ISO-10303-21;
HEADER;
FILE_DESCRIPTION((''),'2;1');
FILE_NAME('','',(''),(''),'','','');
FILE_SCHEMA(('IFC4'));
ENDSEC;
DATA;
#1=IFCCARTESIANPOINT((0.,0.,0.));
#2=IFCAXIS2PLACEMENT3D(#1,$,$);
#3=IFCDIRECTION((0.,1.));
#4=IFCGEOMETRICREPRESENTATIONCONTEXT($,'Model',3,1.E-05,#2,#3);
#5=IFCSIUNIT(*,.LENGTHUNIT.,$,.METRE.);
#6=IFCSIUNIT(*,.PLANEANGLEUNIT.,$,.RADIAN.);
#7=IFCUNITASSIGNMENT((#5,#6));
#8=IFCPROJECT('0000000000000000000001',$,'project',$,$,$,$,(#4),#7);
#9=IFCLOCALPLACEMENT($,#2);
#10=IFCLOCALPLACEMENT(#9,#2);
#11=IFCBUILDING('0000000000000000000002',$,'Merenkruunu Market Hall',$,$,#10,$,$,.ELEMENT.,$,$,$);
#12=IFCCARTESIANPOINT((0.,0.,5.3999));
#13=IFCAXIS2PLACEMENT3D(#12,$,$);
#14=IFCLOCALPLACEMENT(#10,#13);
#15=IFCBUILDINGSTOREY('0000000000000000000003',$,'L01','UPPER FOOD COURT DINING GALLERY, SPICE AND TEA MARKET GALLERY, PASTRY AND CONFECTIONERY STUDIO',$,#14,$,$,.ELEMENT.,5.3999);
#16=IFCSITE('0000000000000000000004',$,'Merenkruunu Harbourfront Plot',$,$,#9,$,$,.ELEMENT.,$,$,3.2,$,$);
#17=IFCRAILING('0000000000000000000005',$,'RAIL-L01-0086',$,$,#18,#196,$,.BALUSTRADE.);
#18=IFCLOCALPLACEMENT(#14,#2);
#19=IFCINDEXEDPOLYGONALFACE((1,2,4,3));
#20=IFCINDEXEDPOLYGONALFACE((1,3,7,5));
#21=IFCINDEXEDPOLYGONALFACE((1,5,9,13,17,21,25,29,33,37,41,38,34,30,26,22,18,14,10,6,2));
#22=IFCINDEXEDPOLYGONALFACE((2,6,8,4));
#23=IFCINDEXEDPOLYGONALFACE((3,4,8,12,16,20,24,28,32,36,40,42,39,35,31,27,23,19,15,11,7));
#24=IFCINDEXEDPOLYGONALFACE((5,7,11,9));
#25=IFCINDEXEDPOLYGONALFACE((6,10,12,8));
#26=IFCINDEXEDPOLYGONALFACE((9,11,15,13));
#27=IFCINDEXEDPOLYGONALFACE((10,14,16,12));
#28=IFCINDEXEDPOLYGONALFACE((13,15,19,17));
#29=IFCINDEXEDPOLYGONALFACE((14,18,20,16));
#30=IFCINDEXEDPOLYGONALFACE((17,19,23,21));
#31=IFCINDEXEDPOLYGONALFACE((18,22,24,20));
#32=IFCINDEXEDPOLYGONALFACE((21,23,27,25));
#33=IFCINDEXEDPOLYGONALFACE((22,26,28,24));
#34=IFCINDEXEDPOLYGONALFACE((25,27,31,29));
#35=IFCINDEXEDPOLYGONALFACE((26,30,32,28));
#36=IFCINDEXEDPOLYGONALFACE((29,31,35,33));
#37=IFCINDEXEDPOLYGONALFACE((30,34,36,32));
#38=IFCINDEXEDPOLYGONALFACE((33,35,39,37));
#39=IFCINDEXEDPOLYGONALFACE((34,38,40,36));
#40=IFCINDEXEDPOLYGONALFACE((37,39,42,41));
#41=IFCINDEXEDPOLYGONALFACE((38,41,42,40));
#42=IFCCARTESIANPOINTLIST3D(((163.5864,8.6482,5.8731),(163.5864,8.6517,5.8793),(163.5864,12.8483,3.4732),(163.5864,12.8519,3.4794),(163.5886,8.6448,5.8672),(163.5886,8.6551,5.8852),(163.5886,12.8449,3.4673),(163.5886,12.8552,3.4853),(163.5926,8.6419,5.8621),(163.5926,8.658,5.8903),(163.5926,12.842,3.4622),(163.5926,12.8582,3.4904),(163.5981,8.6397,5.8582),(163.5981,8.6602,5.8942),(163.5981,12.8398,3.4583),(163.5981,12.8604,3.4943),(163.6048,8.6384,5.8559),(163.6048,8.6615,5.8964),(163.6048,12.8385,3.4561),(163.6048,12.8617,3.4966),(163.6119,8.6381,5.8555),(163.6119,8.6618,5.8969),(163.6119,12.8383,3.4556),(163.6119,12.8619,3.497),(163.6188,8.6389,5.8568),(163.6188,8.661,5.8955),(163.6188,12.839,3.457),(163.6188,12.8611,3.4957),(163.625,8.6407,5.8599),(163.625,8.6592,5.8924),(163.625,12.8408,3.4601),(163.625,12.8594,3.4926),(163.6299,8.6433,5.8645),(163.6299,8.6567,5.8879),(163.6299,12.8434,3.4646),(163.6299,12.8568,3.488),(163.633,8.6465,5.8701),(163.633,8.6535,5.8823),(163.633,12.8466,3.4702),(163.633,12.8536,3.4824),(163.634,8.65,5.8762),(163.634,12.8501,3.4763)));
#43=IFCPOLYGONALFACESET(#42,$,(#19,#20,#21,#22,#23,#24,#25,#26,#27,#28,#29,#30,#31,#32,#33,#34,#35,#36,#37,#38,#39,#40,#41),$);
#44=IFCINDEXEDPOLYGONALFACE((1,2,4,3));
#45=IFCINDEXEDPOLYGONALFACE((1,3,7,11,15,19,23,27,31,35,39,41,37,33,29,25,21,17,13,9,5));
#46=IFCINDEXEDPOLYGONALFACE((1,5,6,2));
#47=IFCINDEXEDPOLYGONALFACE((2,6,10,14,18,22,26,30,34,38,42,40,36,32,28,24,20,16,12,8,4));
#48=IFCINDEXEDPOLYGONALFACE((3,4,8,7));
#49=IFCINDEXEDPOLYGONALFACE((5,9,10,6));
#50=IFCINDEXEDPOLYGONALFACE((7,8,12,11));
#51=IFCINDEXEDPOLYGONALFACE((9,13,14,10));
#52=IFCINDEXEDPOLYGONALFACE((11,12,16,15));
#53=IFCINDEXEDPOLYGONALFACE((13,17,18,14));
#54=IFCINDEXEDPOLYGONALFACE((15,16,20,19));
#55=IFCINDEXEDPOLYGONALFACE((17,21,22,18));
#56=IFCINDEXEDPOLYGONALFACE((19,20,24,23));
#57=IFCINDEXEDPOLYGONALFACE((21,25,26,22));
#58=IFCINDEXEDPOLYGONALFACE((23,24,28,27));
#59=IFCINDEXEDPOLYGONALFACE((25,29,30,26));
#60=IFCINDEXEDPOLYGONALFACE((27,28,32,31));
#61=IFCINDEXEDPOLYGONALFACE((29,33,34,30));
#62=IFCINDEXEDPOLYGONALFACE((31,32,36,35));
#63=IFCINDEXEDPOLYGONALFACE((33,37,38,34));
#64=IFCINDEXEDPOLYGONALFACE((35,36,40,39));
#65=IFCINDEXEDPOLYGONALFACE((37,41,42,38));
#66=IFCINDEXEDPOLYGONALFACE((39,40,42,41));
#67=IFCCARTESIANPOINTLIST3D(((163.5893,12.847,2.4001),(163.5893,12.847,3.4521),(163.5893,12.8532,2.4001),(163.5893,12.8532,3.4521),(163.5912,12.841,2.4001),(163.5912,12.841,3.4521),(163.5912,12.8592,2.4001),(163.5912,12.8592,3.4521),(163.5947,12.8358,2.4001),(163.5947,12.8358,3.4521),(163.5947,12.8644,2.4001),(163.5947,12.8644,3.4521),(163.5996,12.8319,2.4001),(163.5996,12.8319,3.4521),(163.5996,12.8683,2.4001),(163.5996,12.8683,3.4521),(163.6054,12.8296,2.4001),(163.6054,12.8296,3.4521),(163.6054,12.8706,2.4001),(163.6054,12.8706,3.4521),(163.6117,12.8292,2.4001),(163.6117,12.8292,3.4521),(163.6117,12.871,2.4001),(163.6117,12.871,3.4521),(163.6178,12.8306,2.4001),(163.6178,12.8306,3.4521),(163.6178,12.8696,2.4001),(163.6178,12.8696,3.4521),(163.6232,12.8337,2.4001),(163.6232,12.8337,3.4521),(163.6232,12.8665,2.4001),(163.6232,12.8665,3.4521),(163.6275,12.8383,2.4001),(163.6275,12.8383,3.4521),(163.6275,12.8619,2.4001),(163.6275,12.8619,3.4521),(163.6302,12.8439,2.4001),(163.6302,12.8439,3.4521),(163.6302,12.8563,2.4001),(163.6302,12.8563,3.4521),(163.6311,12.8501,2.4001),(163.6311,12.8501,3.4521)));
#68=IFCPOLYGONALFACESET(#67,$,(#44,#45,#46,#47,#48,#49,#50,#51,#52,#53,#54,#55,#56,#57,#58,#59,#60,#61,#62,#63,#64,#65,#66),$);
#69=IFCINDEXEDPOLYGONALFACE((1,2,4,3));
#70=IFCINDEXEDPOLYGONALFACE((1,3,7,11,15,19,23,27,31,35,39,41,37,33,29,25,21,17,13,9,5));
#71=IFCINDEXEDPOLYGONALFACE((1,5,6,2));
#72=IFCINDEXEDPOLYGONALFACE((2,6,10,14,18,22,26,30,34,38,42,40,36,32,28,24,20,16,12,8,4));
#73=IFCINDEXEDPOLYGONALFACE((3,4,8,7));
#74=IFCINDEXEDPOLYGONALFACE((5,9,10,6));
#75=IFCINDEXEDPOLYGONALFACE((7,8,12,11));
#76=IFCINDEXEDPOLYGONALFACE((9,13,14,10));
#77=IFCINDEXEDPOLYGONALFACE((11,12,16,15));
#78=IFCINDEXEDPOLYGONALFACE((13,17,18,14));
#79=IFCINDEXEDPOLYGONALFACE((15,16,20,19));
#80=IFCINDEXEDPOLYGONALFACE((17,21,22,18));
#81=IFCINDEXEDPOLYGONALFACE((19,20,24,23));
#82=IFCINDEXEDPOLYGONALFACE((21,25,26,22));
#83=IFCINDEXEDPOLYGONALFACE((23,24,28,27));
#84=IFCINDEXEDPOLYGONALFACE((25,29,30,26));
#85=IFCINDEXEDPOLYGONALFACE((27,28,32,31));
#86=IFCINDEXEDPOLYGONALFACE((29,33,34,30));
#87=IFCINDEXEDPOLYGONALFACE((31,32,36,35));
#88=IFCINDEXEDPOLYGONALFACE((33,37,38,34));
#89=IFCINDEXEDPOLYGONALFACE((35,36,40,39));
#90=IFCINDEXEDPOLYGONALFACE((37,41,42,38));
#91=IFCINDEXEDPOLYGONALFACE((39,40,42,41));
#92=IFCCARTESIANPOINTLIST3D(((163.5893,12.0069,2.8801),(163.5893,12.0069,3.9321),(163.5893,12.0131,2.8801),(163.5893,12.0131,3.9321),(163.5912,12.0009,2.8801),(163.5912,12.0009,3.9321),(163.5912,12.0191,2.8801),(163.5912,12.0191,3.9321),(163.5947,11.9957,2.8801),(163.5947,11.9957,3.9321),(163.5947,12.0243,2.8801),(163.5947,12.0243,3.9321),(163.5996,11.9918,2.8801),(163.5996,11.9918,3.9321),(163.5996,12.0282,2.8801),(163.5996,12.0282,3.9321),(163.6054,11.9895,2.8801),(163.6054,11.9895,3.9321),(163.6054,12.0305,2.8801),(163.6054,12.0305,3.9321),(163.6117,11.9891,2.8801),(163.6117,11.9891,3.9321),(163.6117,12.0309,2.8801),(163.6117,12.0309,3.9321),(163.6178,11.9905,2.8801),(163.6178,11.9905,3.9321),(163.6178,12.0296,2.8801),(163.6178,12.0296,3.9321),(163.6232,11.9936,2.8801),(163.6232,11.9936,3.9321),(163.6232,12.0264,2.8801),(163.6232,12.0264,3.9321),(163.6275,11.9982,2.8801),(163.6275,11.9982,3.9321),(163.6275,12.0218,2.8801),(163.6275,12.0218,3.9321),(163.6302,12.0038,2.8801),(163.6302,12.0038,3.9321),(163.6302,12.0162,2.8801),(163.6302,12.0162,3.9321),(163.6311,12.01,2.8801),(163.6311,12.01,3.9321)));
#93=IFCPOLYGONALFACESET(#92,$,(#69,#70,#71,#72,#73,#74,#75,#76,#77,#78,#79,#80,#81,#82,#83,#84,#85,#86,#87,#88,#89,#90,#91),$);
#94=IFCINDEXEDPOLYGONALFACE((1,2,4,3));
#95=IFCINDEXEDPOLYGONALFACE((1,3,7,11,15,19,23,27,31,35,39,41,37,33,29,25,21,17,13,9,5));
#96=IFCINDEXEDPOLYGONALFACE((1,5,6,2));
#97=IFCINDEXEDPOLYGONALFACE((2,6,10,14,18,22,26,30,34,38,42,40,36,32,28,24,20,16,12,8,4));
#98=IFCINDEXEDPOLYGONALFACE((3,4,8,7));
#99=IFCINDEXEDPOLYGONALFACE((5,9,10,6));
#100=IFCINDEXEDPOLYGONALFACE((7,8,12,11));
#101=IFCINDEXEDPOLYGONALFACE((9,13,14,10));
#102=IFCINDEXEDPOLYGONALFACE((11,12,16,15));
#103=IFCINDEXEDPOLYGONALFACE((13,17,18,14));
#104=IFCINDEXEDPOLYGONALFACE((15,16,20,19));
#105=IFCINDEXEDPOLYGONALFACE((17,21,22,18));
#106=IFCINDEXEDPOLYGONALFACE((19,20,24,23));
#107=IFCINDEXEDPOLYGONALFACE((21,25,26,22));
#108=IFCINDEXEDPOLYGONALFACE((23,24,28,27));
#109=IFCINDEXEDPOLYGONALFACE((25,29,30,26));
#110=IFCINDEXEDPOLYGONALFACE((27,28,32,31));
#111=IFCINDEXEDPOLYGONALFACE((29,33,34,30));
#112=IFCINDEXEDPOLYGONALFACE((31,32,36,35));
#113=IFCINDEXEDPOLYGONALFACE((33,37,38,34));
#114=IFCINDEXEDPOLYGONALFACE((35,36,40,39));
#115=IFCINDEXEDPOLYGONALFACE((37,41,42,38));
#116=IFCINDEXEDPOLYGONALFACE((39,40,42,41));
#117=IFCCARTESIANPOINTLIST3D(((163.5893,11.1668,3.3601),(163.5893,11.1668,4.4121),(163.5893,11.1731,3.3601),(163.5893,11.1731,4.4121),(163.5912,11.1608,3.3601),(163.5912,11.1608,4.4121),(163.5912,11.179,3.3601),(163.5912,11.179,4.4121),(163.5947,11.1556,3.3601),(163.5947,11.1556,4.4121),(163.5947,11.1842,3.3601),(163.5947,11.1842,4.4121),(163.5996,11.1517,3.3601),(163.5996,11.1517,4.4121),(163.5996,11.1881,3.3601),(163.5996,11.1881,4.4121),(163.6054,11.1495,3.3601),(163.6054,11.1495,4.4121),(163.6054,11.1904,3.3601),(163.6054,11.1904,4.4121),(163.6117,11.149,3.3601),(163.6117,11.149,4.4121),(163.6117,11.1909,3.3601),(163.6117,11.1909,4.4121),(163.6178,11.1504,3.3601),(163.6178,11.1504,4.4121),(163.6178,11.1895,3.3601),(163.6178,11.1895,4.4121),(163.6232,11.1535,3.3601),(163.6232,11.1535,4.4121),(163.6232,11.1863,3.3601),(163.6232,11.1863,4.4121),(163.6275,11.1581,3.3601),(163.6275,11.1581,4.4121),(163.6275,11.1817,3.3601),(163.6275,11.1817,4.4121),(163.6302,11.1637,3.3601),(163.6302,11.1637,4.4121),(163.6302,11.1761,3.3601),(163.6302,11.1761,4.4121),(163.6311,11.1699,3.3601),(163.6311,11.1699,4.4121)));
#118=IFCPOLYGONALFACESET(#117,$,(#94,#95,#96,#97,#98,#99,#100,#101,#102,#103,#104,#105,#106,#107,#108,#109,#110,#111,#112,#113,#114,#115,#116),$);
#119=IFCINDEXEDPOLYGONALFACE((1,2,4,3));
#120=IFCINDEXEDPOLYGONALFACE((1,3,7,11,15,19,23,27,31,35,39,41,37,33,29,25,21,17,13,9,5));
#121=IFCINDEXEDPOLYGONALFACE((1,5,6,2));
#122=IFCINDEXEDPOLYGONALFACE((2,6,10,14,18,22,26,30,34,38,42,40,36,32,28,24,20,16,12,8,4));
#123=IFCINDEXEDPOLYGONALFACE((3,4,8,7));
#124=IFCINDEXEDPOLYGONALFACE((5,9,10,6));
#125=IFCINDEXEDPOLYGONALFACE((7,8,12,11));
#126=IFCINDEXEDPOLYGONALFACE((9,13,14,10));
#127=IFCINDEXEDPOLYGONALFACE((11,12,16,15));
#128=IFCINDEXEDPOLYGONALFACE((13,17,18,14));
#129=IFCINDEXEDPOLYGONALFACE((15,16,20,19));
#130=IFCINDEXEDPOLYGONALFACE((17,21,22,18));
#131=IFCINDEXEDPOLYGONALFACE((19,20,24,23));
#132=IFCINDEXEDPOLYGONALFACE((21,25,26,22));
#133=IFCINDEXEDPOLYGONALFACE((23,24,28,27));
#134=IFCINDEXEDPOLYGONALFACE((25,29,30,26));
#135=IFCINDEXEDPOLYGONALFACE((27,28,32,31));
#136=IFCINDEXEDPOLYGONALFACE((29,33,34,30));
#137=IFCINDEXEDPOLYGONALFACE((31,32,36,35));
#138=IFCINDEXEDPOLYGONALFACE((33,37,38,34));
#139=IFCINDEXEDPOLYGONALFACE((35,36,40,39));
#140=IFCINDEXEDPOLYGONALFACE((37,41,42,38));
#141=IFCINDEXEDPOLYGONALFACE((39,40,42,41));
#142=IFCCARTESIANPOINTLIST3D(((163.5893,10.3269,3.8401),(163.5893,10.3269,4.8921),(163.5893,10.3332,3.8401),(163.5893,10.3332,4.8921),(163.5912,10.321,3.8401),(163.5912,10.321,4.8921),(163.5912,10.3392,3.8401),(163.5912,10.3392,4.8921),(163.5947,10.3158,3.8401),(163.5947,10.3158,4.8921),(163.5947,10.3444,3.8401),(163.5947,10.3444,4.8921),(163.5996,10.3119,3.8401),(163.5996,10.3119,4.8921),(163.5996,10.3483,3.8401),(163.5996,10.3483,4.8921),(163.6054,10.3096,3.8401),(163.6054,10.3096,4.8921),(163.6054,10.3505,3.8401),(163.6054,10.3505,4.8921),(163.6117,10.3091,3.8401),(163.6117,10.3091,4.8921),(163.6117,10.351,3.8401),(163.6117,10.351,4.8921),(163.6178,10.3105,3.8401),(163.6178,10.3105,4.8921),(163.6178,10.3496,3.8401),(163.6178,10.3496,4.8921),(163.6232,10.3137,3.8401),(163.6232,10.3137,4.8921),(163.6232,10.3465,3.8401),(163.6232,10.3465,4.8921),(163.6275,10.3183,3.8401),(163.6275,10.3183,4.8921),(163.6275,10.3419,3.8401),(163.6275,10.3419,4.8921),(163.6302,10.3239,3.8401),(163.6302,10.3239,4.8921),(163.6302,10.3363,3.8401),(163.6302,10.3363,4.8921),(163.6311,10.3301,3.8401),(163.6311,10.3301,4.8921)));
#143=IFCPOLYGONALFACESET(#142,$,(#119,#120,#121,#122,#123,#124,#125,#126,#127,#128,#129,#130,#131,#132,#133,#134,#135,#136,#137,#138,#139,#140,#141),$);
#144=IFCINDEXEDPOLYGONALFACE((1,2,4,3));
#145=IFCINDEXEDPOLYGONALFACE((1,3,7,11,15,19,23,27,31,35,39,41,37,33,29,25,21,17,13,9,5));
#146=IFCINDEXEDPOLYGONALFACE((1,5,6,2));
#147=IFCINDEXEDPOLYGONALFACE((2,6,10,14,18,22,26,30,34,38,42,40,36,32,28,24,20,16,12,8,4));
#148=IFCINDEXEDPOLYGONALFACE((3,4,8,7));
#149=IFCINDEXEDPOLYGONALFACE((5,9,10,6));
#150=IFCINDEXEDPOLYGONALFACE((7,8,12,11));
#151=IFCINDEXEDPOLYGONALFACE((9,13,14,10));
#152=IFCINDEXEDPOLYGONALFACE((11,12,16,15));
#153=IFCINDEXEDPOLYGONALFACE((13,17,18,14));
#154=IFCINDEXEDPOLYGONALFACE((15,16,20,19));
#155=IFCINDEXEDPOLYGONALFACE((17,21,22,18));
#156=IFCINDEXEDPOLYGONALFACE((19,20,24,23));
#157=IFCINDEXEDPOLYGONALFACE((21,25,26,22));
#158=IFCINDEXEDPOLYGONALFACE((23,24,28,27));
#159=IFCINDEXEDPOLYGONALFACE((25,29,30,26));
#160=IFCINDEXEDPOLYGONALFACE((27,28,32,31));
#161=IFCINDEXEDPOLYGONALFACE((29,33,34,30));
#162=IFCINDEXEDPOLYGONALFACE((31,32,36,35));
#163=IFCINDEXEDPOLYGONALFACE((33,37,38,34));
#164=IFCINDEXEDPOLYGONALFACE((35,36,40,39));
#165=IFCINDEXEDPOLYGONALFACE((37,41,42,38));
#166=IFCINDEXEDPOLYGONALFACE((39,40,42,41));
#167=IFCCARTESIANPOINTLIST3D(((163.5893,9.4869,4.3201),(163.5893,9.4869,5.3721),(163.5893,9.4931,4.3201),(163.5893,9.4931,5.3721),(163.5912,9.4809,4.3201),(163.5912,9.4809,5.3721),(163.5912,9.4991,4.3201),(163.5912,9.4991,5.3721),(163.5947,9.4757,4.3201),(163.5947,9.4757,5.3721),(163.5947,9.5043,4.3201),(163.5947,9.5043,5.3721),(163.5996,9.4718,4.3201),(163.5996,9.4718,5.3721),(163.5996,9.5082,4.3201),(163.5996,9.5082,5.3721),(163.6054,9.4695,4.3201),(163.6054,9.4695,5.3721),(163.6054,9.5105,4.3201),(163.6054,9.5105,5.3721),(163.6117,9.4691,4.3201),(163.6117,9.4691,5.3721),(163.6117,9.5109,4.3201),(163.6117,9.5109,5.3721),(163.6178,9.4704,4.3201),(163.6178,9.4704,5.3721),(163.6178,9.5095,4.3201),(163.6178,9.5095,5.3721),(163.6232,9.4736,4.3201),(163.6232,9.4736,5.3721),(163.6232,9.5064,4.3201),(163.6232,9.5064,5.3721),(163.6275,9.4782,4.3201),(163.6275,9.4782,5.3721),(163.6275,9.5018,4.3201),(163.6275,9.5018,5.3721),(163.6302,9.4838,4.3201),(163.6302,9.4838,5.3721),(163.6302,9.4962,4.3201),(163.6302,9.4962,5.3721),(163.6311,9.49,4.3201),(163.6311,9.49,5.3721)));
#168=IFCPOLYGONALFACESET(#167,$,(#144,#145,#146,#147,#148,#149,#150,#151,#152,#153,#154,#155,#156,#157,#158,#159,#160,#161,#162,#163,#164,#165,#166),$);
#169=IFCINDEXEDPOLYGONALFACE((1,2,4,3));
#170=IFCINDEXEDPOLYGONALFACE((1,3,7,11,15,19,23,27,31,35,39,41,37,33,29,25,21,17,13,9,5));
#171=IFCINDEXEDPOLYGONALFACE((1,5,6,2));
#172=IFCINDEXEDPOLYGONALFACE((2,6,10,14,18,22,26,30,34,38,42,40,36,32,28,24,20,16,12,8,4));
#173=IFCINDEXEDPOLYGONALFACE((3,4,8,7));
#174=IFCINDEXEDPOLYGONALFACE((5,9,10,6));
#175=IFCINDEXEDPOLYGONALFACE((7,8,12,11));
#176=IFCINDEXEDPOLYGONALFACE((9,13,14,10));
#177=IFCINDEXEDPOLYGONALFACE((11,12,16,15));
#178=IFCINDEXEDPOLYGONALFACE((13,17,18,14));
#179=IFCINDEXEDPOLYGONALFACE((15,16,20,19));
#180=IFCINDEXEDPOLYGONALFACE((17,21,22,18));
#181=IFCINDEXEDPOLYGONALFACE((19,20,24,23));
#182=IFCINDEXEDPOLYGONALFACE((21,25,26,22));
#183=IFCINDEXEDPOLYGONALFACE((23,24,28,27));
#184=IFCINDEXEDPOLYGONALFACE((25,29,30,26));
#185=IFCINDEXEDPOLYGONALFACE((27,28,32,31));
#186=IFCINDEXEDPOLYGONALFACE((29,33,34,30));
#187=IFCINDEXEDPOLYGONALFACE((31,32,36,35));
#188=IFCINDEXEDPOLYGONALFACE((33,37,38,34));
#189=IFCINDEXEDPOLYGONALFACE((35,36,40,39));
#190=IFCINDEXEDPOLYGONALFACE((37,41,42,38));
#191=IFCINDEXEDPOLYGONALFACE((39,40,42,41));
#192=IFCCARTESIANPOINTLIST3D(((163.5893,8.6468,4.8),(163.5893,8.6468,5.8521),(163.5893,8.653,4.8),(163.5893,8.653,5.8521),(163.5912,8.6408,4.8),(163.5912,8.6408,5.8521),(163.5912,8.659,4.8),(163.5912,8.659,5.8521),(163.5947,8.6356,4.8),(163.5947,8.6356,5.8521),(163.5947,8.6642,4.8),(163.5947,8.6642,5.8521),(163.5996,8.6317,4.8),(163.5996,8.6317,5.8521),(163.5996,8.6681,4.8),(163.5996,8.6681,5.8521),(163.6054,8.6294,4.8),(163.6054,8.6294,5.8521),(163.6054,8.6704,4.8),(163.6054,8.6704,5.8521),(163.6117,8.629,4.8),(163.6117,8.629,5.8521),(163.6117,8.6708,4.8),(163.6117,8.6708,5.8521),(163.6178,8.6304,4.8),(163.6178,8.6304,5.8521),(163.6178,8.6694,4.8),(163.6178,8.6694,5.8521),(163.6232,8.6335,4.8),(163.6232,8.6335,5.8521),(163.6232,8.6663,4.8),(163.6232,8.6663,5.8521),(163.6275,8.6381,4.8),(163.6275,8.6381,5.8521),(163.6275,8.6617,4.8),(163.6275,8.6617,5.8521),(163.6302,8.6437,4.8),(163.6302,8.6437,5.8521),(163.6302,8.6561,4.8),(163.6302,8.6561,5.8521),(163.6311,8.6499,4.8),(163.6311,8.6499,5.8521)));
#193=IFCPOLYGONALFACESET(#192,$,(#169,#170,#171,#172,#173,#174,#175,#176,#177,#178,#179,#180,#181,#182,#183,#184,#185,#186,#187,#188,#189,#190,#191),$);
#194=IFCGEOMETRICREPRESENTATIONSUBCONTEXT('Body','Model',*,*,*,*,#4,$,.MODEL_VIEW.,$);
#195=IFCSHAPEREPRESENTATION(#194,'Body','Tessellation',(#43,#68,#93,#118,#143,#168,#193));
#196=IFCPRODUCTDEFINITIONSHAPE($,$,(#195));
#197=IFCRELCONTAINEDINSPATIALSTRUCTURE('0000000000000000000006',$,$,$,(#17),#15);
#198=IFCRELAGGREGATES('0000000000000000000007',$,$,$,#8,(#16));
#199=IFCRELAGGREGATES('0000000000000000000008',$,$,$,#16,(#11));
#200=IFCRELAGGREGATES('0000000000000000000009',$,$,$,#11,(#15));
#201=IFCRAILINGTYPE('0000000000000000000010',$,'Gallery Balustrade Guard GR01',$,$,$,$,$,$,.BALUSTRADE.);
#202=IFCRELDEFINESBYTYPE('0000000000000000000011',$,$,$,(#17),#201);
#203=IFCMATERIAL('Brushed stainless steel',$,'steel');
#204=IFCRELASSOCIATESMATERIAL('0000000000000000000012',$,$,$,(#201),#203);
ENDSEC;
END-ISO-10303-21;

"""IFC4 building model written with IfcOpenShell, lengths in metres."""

from ifc_helpers import new_model, si_unit, direction, frame, origin, origin_2d, place, context, subcontext, project, spatial, circle, extrude, material, type_object, element, save


model = new_model("IFC4")

# Units and contexts
model_context = context("Model", 3, precision=1e-05, world=origin(), true_north=direction((0.0, 1.0)))
body_context = subcontext(model_context, "Body", "Model", "MODEL_VIEW")
ifc_project = project(units=[si_unit("LENGTHUNIT", "METRE"), si_unit("PLANEANGLEUNIT", "RADIAN")], contexts=[model_context])

# Site, building, storey
site_placement = place(None, origin())
site = spatial("IfcSite", under=ifc_project, at=site_placement, Name="Merenkruunu Harbourfront Plot", CompositionType="ELEMENT", RefElevation=3.2)
building_placement = place(site_placement, origin())
building = spatial("IfcBuilding", under=site, at=building_placement, Name="Merenkruunu Market Hall", CompositionType="ELEMENT")
storey_placement = place(building_placement, frame((0.0, 0.0, 5.3999)))
storey = spatial("IfcBuildingStorey", under=building, at=storey_placement, Name="L01", Description="UPPER FOOD COURT DINING GALLERY, SPICE AND TEA MARKET GALLERY, PASTRY AND CONFECTIONERY STUDIO", CompositionType="ELEMENT", Elevation=5.3999)

# Railing
ifc_material_1 = material(Name="Brushed stainless steel", Category="steel")
railing_type_1 = type_object("IfcRailingType", Name="Gallery Balustrade Guard GR01", PredefinedType="BALUSTRADE", material=ifc_material_1)
railing_1_placement = place(storey_placement, frame((163.6101, 12.8501, 2.4001)))
element("IfcRailing", 1, at=railing_1_placement, inside=storey, type_object=railing_type_1, Name="RAIL-L01-0086", PredefinedType="BALUSTRADE", context=body_context, shape_type="SweptSolid", body=[
    extrude(circle(Radius=0.0239, at=origin_2d()), frame((0.0, 0.0, 1.0762), z_axis=(0.0, -0.868262, 0.496106), x_axis=(1.0, 0.0, 0.0)), (0.0, 0.0, 1.0), 4.8374),
    extrude(circle(Radius=0.021, at=origin_2d()), origin(), (0.0, 0.0, 1.0), 1.052),
    extrude(circle(Radius=0.021, at=origin_2d()), frame((0.0, -0.8401, 0.48)), (0.0, 0.0, 1.0), 1.052),
    extrude(circle(Radius=0.021, at=origin_2d()), frame((0.0, -1.6802, 0.96)), (0.0, 0.0, 1.0), 1.052),
    extrude(circle(Radius=0.021, at=origin_2d()), frame((0.0, -2.52, 1.4399)), (0.0, 0.0, 1.0), 1.052),
    extrude(circle(Radius=0.021, at=origin_2d()), frame((0.0, -3.3601, 1.9199)), (0.0, 0.0, 1.0), 1.052),
    extrude(circle(Radius=0.021, at=origin_2d()), frame((0.0, -4.2002, 2.3999)), (0.0, 0.0, 1.0), 1.052),
])

save(model, "model.ifc")
